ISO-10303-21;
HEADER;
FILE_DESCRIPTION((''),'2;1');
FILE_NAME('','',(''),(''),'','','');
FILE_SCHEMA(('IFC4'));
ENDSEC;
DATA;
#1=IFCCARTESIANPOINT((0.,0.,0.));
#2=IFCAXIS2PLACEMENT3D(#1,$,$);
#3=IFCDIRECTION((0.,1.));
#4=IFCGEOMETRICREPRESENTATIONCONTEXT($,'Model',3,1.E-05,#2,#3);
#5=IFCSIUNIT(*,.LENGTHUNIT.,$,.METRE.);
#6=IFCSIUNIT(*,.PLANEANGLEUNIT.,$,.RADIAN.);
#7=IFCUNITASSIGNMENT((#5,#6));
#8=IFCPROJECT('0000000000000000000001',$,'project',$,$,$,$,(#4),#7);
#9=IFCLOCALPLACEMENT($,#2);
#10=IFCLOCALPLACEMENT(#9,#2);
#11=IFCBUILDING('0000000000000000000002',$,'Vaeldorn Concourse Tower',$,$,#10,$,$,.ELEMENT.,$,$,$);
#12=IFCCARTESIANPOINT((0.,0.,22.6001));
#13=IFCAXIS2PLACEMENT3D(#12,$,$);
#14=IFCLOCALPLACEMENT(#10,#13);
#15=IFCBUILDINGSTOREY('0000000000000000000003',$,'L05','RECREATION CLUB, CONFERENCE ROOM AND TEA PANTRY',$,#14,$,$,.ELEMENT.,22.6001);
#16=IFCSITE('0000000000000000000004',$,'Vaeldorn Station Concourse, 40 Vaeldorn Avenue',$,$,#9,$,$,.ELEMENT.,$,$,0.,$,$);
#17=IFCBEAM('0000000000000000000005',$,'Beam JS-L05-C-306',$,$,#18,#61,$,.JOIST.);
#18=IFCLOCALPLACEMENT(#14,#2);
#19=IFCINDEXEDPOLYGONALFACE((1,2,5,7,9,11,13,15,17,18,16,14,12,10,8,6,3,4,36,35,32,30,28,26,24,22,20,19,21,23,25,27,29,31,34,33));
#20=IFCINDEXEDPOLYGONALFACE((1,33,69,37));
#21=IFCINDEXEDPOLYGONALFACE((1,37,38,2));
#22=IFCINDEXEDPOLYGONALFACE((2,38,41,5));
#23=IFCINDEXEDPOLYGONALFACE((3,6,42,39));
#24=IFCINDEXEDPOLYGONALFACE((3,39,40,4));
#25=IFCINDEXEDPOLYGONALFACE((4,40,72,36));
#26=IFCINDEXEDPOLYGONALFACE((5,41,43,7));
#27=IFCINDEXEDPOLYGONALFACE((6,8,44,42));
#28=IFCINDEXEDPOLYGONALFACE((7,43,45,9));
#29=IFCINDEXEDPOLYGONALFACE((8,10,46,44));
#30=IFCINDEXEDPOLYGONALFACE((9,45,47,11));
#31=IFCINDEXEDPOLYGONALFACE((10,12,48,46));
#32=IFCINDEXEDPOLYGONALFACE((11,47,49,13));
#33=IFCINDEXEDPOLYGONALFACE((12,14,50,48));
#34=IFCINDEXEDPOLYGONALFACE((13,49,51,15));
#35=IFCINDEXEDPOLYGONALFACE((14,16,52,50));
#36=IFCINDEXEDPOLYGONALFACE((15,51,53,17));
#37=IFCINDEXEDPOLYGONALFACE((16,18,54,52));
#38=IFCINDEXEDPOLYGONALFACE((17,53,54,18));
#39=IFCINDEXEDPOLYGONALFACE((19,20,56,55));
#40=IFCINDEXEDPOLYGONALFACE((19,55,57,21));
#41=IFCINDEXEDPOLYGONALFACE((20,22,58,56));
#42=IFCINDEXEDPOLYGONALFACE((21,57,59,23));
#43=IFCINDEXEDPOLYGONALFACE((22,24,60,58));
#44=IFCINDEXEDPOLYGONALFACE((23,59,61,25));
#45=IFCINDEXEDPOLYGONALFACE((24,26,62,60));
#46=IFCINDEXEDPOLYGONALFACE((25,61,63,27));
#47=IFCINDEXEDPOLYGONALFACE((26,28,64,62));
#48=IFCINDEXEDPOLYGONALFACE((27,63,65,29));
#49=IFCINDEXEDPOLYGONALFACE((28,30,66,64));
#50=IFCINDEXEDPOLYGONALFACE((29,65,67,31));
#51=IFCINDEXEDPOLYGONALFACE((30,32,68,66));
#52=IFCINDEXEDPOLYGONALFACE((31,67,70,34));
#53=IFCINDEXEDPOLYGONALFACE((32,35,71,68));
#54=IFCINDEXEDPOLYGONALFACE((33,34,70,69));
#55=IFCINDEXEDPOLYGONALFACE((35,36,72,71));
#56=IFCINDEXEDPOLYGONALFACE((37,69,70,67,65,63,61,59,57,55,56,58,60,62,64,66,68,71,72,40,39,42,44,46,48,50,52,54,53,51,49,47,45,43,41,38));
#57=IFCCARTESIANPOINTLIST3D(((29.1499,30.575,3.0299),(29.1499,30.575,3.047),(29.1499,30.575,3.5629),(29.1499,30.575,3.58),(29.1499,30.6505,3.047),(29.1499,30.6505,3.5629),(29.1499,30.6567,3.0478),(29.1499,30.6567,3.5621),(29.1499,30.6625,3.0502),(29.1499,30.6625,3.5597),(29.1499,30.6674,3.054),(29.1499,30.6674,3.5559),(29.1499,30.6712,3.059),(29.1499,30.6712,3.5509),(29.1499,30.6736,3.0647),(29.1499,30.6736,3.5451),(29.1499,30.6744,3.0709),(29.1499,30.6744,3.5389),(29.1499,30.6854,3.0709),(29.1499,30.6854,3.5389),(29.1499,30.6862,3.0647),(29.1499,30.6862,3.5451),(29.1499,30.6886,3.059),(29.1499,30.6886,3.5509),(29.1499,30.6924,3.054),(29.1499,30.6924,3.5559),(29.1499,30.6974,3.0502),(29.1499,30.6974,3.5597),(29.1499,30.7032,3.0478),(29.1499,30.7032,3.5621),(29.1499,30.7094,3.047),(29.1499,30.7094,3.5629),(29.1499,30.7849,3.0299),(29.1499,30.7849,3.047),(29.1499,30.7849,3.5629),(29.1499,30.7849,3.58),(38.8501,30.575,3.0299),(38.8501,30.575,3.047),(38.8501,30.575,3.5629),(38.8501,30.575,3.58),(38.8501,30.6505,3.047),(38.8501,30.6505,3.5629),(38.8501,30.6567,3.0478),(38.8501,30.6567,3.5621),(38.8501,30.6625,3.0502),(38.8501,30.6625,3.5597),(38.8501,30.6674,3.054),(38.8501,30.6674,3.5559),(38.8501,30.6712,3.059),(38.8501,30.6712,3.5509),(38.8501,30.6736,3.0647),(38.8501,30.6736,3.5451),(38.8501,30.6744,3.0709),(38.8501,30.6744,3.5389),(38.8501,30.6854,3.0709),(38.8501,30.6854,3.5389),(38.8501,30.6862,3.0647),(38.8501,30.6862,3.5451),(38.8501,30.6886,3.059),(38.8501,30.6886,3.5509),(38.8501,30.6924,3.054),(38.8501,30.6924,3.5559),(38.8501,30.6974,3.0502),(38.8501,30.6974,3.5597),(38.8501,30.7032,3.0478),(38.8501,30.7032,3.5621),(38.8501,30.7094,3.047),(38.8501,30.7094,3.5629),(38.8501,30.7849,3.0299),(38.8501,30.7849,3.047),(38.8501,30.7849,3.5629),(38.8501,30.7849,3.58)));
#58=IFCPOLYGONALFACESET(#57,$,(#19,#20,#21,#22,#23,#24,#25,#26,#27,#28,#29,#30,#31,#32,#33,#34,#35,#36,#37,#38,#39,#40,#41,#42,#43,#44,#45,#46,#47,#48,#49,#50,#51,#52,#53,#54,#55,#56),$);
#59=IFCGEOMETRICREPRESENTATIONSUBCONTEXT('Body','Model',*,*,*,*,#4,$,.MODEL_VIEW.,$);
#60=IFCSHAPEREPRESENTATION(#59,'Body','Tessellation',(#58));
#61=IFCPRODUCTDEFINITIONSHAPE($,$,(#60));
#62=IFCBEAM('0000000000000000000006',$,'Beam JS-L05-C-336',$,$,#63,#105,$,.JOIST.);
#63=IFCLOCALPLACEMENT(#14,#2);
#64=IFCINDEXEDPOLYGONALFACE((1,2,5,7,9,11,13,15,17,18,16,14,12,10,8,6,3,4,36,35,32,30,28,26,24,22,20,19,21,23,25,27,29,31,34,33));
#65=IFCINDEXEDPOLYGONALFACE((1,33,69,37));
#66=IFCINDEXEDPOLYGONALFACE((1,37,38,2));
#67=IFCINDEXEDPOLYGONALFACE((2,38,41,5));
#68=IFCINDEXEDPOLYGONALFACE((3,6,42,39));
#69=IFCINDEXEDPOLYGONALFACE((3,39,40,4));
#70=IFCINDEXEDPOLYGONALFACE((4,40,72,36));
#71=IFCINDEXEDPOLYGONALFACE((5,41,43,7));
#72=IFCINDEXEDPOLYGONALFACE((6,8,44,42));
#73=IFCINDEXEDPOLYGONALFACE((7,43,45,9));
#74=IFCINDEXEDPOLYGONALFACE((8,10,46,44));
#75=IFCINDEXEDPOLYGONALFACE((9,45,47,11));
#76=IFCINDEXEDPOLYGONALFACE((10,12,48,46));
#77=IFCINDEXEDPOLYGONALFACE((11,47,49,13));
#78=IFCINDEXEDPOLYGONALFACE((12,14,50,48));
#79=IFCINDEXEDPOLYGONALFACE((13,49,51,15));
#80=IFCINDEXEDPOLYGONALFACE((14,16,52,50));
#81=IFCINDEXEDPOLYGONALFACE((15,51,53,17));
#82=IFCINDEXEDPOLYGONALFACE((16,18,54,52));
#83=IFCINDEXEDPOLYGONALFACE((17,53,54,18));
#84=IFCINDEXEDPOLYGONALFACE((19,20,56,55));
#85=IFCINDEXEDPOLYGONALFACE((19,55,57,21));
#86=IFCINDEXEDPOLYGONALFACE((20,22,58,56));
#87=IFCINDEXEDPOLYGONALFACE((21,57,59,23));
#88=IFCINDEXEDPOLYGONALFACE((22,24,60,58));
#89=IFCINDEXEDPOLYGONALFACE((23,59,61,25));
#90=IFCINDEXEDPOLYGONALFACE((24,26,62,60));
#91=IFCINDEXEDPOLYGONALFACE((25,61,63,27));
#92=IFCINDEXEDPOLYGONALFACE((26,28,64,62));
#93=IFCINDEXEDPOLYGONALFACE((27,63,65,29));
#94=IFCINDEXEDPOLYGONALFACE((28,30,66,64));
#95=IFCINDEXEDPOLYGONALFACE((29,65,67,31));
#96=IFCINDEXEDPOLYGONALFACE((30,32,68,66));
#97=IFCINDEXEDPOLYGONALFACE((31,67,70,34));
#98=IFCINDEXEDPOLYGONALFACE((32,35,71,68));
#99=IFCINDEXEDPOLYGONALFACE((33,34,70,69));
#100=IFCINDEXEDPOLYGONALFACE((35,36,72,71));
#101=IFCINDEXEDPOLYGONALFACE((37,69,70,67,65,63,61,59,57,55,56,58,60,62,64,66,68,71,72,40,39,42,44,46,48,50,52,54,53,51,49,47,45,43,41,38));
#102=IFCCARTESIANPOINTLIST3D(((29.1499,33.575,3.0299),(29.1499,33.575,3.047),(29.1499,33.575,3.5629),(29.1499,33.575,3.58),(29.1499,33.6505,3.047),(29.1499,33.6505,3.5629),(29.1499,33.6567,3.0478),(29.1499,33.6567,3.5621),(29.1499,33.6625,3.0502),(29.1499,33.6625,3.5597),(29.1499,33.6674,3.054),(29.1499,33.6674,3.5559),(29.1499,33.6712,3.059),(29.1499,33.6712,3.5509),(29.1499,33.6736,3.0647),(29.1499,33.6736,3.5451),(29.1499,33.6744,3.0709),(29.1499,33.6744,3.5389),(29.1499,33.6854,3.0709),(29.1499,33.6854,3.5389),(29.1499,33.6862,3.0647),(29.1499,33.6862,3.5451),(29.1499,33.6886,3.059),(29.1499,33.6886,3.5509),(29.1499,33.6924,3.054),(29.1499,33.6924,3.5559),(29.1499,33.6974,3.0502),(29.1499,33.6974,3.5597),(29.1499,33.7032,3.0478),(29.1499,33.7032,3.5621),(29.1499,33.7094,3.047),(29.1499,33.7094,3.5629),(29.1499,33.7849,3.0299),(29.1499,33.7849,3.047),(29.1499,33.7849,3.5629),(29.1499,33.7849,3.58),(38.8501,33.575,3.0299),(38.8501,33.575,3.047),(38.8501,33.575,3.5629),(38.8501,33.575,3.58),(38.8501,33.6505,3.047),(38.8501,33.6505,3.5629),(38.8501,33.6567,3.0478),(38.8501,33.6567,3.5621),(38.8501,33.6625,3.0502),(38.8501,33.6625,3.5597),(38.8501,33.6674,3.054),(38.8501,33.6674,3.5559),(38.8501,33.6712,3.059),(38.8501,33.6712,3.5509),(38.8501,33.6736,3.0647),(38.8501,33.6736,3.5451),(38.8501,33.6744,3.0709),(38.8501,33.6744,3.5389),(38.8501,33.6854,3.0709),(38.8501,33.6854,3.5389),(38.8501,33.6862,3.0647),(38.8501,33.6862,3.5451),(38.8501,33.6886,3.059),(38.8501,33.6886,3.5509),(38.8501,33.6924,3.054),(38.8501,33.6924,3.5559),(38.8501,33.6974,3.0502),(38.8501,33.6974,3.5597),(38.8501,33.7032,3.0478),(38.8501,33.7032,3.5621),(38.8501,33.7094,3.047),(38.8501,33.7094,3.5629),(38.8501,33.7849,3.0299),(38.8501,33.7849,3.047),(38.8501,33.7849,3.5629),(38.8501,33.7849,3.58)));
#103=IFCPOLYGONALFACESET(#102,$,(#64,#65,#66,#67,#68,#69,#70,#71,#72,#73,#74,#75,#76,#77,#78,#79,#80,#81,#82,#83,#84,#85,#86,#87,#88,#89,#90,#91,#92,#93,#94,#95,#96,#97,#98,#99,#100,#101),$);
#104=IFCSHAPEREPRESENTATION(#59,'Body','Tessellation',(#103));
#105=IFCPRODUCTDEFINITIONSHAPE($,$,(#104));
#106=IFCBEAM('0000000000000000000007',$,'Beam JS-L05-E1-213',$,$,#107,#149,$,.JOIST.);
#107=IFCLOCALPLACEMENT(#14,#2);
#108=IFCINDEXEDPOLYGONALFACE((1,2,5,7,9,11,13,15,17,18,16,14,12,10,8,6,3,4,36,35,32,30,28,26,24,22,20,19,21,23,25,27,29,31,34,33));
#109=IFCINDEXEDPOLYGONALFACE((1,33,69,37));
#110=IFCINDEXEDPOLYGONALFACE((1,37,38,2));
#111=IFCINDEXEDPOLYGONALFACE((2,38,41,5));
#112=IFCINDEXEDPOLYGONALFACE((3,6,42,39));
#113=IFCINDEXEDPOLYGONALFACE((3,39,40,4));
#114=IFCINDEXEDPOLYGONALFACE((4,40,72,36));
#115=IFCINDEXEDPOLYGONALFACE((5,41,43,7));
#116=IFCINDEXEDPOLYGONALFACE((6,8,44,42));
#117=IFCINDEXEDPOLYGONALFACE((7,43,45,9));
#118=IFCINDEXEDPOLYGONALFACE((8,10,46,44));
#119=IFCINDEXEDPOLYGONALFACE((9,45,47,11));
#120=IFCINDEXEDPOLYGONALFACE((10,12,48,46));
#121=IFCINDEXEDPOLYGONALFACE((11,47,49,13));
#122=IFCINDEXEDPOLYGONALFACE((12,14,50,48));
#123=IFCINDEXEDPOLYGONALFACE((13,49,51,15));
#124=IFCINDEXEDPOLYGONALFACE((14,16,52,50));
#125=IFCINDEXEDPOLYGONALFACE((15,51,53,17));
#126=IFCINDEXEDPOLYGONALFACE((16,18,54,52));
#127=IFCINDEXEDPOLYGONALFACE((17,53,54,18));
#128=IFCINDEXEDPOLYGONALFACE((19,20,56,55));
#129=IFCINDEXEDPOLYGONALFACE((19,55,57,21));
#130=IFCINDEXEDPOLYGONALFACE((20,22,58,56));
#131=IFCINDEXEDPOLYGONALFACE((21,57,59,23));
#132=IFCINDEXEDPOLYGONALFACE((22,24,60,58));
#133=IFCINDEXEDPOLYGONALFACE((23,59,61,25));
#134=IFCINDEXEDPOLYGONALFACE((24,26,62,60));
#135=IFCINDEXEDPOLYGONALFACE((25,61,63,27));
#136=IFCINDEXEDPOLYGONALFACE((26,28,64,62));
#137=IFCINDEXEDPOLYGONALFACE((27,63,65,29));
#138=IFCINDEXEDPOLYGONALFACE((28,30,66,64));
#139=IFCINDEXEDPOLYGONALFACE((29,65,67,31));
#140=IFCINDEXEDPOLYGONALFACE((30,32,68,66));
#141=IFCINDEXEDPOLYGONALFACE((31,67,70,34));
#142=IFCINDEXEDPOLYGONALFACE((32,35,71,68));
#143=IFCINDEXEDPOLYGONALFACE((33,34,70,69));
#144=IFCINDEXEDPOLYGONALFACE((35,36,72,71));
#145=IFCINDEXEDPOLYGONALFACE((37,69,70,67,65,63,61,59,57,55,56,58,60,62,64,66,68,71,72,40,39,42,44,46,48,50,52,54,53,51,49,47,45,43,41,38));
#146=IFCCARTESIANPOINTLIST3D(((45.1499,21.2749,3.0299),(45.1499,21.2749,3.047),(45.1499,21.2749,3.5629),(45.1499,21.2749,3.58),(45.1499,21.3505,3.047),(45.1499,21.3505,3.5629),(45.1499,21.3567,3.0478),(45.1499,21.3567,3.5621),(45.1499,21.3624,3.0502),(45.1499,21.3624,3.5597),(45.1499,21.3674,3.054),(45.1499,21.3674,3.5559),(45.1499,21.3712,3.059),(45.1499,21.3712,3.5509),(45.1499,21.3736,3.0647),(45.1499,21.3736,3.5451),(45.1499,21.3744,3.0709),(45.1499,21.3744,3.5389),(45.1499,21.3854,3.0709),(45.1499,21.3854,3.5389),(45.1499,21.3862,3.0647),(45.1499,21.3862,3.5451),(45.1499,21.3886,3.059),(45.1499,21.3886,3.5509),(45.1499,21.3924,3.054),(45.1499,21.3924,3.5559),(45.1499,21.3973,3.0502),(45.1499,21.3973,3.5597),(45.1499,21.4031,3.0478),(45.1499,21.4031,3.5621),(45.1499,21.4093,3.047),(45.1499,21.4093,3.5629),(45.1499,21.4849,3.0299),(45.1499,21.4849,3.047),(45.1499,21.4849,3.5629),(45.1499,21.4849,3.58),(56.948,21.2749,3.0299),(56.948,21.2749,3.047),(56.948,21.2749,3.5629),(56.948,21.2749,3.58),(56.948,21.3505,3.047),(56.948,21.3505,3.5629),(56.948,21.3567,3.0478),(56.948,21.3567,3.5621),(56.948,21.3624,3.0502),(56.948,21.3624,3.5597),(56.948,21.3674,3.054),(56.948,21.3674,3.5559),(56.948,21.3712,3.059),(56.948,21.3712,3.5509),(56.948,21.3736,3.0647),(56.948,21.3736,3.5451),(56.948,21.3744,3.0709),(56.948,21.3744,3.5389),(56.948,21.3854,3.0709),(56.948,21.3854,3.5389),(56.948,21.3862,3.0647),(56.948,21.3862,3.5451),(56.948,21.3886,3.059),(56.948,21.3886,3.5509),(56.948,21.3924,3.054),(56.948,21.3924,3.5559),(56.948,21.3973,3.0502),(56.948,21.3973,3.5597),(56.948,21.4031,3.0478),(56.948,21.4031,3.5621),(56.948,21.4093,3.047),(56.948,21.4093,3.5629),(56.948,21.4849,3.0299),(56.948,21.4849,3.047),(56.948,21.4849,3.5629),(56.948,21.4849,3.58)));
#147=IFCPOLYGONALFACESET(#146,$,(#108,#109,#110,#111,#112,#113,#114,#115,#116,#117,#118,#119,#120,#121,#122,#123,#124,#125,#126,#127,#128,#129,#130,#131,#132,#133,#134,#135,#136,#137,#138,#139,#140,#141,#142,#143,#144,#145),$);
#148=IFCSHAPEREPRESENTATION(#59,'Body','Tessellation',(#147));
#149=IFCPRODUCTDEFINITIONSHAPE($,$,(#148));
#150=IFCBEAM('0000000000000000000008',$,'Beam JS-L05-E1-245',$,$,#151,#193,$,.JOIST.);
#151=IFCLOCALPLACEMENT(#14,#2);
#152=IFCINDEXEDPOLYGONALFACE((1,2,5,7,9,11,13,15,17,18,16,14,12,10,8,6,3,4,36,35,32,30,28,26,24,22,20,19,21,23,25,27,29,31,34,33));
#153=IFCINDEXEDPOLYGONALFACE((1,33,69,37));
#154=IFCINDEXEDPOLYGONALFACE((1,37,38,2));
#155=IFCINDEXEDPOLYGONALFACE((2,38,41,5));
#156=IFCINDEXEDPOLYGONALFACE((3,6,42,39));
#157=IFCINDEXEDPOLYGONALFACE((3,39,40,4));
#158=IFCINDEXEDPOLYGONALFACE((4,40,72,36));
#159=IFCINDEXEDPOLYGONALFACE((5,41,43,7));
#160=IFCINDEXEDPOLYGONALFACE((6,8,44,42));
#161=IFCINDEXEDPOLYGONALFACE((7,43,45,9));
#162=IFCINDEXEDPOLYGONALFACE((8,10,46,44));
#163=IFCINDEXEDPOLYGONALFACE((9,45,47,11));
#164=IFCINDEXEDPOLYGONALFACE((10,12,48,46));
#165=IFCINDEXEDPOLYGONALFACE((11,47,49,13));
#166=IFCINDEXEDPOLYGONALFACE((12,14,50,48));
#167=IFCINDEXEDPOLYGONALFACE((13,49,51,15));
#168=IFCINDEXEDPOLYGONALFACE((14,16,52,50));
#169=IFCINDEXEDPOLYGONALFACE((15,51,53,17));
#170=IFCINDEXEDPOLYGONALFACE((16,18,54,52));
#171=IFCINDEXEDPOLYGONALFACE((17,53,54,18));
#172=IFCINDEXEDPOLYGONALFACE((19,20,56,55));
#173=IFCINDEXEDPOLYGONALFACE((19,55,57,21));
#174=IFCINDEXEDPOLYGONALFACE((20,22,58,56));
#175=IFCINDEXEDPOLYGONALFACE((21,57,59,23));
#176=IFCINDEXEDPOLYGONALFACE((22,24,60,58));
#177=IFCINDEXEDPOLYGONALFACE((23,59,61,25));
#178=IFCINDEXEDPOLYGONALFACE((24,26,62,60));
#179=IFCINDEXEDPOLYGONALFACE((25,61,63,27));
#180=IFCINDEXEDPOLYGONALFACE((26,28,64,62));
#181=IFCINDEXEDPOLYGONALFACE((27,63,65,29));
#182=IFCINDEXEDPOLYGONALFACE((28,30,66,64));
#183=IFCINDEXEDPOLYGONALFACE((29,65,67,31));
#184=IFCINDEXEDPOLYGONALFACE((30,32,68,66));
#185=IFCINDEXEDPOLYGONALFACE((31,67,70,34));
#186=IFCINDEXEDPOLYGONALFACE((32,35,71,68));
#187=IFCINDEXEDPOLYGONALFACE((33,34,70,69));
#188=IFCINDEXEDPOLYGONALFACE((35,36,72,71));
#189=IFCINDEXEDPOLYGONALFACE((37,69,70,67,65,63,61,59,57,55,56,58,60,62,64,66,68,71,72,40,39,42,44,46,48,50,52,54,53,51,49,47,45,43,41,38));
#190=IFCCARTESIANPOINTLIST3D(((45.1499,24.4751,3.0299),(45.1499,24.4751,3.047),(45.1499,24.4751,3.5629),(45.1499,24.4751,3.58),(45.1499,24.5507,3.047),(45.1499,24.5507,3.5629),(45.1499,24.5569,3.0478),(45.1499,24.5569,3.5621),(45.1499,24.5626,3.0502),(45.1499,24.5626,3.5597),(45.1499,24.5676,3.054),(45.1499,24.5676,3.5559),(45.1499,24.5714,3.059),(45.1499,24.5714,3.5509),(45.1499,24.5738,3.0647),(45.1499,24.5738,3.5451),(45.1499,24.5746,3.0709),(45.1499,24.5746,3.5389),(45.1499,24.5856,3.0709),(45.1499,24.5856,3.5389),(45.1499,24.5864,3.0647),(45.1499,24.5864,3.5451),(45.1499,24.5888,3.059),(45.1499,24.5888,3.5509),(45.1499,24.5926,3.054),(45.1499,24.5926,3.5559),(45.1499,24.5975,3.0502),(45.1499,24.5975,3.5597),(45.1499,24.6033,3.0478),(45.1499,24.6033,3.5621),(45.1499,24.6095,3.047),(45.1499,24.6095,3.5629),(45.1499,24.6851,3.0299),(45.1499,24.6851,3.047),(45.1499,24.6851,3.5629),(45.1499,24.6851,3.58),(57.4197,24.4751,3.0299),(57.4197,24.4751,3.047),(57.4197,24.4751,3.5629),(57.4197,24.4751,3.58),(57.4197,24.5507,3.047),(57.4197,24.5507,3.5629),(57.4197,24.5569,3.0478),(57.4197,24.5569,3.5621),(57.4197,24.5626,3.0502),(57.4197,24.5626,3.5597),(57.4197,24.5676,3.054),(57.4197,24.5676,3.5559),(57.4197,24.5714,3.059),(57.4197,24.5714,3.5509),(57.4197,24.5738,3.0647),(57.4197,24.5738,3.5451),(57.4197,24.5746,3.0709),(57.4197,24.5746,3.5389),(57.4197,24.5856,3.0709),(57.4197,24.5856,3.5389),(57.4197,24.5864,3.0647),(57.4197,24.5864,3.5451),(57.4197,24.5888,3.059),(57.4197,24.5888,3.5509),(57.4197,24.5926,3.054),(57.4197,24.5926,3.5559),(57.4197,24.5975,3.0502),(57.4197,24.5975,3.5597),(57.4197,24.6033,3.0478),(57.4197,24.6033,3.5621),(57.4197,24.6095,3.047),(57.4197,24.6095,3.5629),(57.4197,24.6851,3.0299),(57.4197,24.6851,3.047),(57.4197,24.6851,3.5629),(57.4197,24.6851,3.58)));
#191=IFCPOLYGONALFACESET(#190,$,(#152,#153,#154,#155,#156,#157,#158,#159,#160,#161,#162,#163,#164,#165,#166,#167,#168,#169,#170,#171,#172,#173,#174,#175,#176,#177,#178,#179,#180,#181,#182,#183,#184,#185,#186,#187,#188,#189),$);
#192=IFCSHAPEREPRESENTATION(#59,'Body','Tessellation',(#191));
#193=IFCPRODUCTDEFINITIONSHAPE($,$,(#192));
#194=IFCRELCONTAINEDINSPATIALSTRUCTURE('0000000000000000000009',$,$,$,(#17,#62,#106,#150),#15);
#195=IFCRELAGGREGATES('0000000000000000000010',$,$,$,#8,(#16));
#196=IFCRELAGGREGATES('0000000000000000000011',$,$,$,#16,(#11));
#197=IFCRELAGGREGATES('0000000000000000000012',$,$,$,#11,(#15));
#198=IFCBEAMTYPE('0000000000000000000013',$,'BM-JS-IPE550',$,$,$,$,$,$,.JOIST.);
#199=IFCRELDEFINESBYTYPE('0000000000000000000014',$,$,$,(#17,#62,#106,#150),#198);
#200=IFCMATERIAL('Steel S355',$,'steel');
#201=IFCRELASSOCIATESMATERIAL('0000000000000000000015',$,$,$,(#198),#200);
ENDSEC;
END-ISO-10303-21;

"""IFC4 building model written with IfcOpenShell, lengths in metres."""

from ifc_helpers import new_model, si_unit, direction, frame, origin, origin_2d, place, context, subcontext, project, spatial, i_section, extrude, source, transform, mapped, material, material_profile, profile_set, type_object, element, save


model = new_model("IFC4")

# Units and contexts
model_context = context("Model", 3, precision=1e-05, world=origin(), true_north=direction((0.0, 1.0)))
body_context = subcontext(model_context, "Body", "Model", "MODEL_VIEW")
ifc_project = project(units=[si_unit("LENGTHUNIT", "METRE"), si_unit("PLANEANGLEUNIT", "RADIAN")], contexts=[model_context])

# Site, building, storey
site_placement = place(None, origin())
site = spatial("IfcSite", under=ifc_project, at=site_placement, Name="Vaeldorn Station Concourse, 40 Vaeldorn Avenue", CompositionType="ELEMENT", RefElevation=0.0)
building_placement = place(site_placement, origin())
building = spatial("IfcBuilding", under=site, at=building_placement, Name="Vaeldorn Concourse Tower", CompositionType="ELEMENT")
storey_placement = place(building_placement, frame((0.0, 0.0, 22.6001)))
storey = spatial("IfcBuildingStorey", under=building, at=storey_placement, Name="L05", Description="RECREATION CLUB, CONFERENCE ROOM AND TEA PANTRY", CompositionType="ELEMENT", Elevation=22.6001)

# Beams
ifc_material_1 = material(Name="Steel S355", Category="steel")
ifc_material_profile_1 = material_profile(ifc_material_1, i_section(OverallWidth=0.21, OverallDepth=0.55, WebThickness=0.011, FlangeThickness=0.0171, FilletRadius=0.0239, at=origin_2d()), Name="IPE 550")
ifc_profile_set_1 = profile_set([ifc_material_profile_1], Name="Steel S355")
beam_type_1 = type_object("IfcBeamType", Name="BM-JS-IPE550", PredefinedType="JOIST", material=ifc_profile_set_1)
shared_shape_1 = source(origin(), body_context, "Body", "SweptSolid", [
    extrude(i_section(OverallWidth=0.21, OverallDepth=0.55, WebThickness=0.011, FlangeThickness=0.0171, FilletRadius=0.0239, at=origin_2d()), origin(), (0.0, 0.0, 1.0), 9.7002),
])
for number, where, z_axis, x_axis, name in (
    (1, (29.1499, 30.6799, 3.3049), (1.0, 0.0, 0.0), (0.0, 1.0, 0.0), "Beam JS-L05-C-306"),
    (2, (29.1499, 33.6799, 3.3049), (1.0, 0.0, 0.0), (0.0, 1.0, 0.0), "Beam JS-L05-C-336"),
):
    element("IfcBeam", number, at=place(storey_placement, frame(where, z_axis=z_axis, x_axis=x_axis)), inside=storey, type_object=beam_type_1, Name=name, PredefinedType="JOIST", context=body_context, shape_type="MappedRepresentation", body=[
        mapped(shared_shape_1, transform((0.0, 0.0, 0.0), scale=1.0)),
    ])
shared_shape_2 = source(origin(), body_context, "Body", "SweptSolid", [
    extrude(i_section(OverallWidth=0.21, OverallDepth=0.55, WebThickness=0.011, FlangeThickness=0.0171, FilletRadius=0.0239, at=origin_2d()), origin(), (0.0, 0.0, 1.0), 11.7981),
])
beam_1_placement = place(storey_placement, frame((45.1499, 21.3799, 3.3049), z_axis=(1.0, 0.0, 0.0), x_axis=(0.0, 1.0, 0.0)))
element("IfcBeam", 3, at=beam_1_placement, inside=storey, type_object=beam_type_1, Name="Beam JS-L05-E1-213", PredefinedType="JOIST", context=body_context, shape_type="MappedRepresentation", body=[
    mapped(shared_shape_2, transform((0.0, 0.0, 0.0), scale=1.0)),
])
shared_shape_3 = source(origin(), body_context, "Body", "SweptSolid", [
    extrude(i_section(OverallWidth=0.21, OverallDepth=0.55, WebThickness=0.011, FlangeThickness=0.0171, FilletRadius=0.0239, at=origin_2d()), origin(), (0.0, 0.0, 1.0), 12.2698),
])
beam_2_placement = place(storey_placement, frame((45.1499, 24.5801, 3.3049), z_axis=(1.0, 0.0, 0.0), x_axis=(0.0, 1.0, 0.0)))
element("IfcBeam", 4, at=beam_2_placement, inside=storey, type_object=beam_type_1, Name="Beam JS-L05-E1-245", PredefinedType="JOIST", context=body_context, shape_type="MappedRepresentation", body=[
    mapped(shared_shape_3, transform((0.0, 0.0, 0.0), scale=1.0)),
])

save(model, "model.ifc")
